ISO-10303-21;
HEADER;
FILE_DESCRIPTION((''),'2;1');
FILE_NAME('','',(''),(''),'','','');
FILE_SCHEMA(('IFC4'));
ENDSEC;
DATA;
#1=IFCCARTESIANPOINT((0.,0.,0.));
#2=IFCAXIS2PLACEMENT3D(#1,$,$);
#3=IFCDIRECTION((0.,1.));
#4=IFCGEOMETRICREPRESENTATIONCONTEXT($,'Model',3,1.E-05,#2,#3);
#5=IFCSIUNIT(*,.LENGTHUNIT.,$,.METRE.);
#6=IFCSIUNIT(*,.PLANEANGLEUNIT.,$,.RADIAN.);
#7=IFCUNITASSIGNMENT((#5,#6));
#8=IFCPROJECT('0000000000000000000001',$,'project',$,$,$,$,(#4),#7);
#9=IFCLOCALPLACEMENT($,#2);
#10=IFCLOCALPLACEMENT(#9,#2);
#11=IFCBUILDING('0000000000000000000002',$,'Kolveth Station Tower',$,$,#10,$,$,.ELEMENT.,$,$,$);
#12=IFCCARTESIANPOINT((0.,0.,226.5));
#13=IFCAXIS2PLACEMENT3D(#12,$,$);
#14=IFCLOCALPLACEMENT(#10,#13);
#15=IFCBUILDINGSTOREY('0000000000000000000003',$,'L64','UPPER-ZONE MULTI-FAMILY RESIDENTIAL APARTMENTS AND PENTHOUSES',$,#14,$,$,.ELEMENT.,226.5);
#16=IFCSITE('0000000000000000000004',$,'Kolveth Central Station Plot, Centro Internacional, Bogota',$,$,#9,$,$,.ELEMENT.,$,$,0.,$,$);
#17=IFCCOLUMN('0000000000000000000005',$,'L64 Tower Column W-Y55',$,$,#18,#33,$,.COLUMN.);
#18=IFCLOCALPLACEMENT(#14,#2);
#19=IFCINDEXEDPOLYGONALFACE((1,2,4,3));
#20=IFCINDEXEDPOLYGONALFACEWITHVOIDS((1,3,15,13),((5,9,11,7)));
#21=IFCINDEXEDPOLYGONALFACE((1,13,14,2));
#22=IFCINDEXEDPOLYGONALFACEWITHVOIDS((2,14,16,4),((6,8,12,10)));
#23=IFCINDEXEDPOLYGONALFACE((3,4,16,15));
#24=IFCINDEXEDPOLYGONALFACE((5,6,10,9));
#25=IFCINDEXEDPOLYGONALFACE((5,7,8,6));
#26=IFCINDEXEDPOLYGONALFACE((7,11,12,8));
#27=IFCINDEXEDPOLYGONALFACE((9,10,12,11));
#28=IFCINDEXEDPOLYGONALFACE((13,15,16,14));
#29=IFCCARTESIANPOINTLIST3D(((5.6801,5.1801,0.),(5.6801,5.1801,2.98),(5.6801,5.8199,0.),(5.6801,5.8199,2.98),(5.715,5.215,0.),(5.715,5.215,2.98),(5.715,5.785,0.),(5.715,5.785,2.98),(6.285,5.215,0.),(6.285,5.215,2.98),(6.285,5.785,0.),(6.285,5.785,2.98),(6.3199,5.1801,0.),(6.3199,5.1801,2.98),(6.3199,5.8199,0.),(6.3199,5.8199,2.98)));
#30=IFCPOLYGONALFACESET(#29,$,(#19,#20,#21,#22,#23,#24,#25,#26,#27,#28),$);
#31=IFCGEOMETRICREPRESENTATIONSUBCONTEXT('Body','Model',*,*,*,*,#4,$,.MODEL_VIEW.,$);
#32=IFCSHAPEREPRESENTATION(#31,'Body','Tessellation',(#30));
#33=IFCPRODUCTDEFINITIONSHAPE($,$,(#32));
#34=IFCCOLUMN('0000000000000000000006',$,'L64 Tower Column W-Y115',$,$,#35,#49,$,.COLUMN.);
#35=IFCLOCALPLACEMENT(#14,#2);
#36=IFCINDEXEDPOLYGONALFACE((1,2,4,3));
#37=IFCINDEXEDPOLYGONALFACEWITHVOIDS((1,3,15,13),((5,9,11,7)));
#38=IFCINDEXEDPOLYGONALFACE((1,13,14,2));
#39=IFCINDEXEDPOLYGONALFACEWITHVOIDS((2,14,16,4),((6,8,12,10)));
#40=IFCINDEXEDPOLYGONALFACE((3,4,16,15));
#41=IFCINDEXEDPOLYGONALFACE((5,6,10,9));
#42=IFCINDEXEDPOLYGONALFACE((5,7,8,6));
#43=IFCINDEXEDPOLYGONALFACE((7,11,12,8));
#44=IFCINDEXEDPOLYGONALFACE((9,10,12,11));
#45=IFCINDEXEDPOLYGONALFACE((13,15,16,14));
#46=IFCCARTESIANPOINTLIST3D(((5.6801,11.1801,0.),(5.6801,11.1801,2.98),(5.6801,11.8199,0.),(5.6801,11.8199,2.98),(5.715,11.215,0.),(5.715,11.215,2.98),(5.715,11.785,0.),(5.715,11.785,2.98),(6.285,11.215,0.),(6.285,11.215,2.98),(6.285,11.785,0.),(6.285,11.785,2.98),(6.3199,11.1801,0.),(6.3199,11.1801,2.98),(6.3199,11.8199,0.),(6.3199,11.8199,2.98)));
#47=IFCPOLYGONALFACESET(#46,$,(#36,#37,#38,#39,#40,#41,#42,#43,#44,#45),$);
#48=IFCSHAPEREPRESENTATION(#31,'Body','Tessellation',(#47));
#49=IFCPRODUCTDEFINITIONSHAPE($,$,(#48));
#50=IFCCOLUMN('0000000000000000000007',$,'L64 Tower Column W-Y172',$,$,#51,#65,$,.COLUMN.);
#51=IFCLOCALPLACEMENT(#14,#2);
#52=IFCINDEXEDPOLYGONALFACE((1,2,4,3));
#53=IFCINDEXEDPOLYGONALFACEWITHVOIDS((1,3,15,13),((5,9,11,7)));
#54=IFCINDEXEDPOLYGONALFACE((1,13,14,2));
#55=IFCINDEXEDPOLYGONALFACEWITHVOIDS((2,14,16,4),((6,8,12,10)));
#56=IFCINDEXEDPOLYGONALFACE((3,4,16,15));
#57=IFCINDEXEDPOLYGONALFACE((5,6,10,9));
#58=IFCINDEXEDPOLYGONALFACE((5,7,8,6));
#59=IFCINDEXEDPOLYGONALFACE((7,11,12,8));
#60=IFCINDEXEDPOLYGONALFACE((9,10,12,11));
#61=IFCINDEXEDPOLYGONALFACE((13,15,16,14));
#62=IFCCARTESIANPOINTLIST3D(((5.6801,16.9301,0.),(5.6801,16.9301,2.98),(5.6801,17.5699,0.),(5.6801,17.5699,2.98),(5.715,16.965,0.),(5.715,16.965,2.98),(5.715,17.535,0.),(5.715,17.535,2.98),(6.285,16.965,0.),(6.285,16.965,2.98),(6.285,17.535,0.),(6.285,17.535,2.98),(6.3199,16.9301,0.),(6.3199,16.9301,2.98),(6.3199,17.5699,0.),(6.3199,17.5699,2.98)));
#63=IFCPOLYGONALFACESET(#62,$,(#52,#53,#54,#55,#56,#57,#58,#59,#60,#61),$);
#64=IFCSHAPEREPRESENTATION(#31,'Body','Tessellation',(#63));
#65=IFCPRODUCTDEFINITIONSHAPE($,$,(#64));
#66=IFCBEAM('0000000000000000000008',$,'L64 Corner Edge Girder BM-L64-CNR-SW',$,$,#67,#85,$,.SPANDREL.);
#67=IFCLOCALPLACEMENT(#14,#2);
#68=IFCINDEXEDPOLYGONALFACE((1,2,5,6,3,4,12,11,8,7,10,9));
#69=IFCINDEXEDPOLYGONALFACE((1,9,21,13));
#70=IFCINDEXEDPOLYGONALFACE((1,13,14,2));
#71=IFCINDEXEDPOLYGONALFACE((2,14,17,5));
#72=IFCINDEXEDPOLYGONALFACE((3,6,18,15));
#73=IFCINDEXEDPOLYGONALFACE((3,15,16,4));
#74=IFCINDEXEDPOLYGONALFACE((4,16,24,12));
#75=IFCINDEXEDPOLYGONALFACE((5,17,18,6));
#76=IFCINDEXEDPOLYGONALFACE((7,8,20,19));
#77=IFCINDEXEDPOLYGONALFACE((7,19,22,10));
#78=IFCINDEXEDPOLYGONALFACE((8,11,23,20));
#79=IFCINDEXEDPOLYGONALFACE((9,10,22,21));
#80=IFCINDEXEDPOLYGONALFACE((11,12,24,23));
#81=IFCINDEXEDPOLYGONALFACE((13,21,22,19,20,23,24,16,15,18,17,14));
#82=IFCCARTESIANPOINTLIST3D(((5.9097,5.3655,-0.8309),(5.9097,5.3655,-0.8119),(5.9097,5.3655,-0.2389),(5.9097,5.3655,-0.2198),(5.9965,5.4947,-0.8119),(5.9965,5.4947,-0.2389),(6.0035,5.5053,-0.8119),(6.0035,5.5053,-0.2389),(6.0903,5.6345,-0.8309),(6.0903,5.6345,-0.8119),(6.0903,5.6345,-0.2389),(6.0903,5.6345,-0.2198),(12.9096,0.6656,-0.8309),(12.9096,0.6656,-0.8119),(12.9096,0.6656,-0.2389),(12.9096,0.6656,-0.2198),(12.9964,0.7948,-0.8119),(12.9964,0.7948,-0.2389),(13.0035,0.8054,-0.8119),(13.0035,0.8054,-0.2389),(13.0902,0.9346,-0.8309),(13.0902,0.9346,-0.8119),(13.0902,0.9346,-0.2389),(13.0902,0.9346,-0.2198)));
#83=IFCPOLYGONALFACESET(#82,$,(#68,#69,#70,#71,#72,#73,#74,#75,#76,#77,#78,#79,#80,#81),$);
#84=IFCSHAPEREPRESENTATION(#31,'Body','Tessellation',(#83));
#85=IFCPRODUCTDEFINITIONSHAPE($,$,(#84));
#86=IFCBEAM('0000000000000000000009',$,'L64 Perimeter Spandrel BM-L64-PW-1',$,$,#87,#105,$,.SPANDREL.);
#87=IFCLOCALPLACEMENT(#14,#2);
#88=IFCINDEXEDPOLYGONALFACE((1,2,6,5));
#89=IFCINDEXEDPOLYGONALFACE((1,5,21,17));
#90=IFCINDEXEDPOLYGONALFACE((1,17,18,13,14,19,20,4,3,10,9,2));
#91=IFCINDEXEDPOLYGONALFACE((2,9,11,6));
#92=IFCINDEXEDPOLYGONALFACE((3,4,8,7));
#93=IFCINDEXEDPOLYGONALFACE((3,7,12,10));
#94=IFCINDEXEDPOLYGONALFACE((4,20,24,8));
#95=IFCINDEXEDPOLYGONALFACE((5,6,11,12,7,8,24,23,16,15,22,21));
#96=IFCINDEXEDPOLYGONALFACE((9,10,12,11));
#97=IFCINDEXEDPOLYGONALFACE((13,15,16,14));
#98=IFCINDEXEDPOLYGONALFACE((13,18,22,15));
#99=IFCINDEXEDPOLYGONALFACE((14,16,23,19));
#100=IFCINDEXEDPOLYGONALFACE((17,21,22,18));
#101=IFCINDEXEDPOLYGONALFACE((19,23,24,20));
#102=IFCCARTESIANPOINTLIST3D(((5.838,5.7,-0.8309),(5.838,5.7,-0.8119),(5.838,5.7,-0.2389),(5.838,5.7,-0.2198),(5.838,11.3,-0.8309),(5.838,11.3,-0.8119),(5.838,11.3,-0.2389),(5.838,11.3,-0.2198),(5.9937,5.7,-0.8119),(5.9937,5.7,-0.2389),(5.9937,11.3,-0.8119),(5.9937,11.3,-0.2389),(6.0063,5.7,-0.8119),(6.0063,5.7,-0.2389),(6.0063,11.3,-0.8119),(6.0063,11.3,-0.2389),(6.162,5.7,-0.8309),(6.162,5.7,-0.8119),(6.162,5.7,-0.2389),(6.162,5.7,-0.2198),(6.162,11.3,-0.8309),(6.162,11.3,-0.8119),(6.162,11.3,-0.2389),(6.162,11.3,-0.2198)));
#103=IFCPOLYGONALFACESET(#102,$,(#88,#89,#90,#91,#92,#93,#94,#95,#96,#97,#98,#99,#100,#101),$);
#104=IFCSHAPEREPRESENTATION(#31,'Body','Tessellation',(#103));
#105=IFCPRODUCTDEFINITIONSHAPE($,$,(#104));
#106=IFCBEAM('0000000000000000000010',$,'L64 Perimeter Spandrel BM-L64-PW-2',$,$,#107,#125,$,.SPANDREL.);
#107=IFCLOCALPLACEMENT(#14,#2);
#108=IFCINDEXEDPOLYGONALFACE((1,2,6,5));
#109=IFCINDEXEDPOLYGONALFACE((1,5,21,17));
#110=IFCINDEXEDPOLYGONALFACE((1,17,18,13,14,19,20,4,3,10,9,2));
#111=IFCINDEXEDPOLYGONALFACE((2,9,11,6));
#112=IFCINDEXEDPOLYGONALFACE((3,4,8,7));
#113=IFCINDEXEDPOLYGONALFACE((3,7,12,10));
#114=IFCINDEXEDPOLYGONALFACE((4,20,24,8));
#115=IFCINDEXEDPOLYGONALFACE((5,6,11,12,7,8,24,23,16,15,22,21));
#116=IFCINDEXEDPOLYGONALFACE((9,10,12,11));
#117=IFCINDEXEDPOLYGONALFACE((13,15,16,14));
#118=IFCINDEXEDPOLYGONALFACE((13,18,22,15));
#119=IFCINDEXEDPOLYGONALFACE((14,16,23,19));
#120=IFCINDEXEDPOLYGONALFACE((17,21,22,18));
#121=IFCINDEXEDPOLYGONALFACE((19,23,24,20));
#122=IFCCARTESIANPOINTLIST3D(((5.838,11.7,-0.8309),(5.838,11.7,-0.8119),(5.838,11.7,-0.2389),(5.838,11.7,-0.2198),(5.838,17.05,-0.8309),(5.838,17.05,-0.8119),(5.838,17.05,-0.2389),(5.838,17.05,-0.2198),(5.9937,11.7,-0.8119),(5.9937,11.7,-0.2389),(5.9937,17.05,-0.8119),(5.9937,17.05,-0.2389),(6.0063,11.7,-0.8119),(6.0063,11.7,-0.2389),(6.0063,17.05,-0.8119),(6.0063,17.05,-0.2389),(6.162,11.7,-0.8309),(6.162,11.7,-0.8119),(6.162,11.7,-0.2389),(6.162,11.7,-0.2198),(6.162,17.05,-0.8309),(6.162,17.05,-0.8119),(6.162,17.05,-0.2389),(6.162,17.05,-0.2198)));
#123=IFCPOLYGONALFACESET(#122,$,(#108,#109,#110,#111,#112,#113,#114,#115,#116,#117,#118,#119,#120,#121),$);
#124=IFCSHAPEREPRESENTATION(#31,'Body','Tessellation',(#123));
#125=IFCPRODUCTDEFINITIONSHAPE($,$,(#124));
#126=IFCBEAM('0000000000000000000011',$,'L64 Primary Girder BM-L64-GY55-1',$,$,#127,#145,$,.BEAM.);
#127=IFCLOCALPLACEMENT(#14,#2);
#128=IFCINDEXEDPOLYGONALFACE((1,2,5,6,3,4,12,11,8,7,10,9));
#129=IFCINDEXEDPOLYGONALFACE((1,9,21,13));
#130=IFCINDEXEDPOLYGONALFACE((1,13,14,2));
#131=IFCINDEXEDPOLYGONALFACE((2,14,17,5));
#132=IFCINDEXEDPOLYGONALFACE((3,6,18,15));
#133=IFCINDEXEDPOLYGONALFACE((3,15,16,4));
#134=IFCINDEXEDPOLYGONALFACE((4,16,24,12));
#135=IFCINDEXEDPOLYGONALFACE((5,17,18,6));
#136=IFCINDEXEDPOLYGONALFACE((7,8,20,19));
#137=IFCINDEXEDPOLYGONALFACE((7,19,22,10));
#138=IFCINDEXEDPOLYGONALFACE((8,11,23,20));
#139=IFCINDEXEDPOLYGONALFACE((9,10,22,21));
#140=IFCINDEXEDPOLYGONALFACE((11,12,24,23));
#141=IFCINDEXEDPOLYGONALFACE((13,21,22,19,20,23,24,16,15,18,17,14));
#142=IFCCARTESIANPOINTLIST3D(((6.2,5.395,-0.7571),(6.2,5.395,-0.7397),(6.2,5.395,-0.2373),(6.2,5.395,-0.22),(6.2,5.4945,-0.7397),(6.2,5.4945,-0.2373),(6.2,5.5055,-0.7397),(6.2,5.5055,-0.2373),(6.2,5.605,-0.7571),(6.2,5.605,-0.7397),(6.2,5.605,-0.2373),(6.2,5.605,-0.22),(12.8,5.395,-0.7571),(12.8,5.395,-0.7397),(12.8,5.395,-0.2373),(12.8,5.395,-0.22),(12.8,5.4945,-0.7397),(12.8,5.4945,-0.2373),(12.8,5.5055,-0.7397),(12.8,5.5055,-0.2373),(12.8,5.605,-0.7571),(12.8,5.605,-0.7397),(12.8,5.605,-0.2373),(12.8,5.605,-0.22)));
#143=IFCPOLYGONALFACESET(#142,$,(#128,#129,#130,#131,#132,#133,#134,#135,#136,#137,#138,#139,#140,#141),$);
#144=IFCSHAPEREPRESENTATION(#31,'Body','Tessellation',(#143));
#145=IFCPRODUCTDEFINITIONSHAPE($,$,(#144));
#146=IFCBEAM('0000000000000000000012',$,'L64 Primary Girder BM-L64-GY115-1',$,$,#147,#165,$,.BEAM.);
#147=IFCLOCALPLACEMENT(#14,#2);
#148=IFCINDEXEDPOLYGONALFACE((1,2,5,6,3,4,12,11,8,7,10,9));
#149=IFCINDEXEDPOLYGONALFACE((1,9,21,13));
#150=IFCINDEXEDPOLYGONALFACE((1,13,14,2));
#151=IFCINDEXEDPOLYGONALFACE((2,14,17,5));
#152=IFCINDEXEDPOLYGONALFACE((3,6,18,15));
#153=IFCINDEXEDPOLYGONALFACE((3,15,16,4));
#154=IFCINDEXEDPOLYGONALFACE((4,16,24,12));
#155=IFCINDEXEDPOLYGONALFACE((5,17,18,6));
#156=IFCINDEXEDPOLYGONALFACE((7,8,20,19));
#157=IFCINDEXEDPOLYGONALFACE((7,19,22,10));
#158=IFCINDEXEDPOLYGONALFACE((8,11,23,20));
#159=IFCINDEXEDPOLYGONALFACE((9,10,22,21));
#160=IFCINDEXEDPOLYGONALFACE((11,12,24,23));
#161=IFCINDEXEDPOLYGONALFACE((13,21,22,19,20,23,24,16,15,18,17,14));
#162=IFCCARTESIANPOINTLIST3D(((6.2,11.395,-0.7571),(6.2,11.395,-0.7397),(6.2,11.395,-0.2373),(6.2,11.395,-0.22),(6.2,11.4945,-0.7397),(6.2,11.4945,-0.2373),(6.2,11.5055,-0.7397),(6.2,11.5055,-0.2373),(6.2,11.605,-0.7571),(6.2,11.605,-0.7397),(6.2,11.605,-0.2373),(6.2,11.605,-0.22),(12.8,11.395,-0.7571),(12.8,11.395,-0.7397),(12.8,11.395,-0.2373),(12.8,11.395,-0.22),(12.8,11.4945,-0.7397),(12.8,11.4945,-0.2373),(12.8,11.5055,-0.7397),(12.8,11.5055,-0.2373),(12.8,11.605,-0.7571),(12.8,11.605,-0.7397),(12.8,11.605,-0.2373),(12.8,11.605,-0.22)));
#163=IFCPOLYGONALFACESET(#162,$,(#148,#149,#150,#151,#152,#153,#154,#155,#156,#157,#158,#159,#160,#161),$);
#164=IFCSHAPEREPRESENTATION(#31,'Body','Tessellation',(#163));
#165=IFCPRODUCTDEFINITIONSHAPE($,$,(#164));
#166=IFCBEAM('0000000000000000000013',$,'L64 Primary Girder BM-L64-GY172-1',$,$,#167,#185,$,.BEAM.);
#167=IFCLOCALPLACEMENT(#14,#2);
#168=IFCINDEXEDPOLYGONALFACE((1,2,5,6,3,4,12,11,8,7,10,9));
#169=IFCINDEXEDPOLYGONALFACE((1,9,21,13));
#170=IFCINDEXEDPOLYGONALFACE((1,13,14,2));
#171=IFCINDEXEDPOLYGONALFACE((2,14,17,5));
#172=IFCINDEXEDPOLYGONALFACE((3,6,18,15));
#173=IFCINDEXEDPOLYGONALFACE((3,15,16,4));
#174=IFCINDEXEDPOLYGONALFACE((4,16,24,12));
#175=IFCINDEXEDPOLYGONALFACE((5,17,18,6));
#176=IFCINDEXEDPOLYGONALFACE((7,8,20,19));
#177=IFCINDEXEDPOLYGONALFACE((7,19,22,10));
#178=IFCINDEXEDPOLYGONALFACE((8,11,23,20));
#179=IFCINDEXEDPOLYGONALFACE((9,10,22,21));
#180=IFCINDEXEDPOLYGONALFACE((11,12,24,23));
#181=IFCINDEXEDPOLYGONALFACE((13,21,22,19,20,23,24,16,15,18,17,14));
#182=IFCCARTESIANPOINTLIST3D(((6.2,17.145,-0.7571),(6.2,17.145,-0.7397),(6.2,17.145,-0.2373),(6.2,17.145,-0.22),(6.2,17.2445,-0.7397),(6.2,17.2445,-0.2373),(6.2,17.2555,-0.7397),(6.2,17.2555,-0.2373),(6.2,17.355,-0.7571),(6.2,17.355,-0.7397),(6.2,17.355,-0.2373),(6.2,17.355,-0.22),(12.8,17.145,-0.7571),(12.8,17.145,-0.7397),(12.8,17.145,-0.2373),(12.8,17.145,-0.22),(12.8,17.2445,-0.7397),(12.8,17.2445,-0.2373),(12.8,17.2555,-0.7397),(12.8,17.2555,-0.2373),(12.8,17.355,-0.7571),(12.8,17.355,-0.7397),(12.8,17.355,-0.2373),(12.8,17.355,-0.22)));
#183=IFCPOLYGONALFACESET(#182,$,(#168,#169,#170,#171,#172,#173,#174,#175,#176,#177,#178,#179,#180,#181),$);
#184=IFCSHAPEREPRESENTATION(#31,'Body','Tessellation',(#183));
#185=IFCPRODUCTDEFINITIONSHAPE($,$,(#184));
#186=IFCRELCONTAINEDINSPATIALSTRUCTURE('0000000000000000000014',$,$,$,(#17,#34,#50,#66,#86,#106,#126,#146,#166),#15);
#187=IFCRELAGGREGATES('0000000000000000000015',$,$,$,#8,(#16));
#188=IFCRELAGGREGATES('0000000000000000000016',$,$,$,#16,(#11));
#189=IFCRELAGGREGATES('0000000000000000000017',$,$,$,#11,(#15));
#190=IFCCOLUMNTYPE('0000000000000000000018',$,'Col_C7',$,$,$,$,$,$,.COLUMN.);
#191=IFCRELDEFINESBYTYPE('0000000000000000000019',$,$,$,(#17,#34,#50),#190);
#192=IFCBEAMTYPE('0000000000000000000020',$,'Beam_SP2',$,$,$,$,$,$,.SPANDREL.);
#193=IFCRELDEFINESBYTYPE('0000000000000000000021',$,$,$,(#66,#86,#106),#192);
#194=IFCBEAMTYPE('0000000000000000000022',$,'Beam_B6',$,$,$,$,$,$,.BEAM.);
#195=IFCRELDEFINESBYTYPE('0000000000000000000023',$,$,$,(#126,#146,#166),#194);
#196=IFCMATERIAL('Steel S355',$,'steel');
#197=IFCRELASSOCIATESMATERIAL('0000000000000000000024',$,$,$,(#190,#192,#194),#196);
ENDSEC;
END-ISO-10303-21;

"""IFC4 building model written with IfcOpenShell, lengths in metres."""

from ifc_helpers import new_model, si_unit, direction, frame, origin, origin_2d, place, context, subcontext, project, spatial, hollow_rectangle, i_section, extrude, source, transform, mapped, material, material_profile, profile_set, type_object, element, save


model = new_model("IFC4")

# Units and contexts
model_context = context("Model", 3, precision=1e-05, world=origin(), true_north=direction((0.0, 1.0)))
body_context = subcontext(model_context, "Body", "Model", "MODEL_VIEW")
ifc_project = project(units=[si_unit("LENGTHUNIT", "METRE"), si_unit("PLANEANGLEUNIT", "RADIAN")], contexts=[model_context])

# Site, building, storey
site_placement = place(None, origin())
site = spatial("IfcSite", under=ifc_project, at=site_placement, Name="Kolveth Central Station Plot, Centro Internacional, Bogota", CompositionType="ELEMENT", RefElevation=0.0)
building_placement = place(site_placement, origin())
building = spatial("IfcBuilding", under=site, at=building_placement, Name="Kolveth Station Tower", CompositionType="ELEMENT")
storey_placement = place(building_placement, frame((0.0, 0.0, 226.5)))
storey = spatial("IfcBuildingStorey", under=building, at=storey_placement, Name="L64", Description="UPPER-ZONE MULTI-FAMILY RESIDENTIAL APARTMENTS AND PENTHOUSES", CompositionType="ELEMENT", Elevation=226.5)

# Columns
ifc_material_1 = material(Name="Steel S355", Category="steel")
ifc_material_profile_1 = material_profile(ifc_material_1, hollow_rectangle(XDim=0.6399, YDim=0.6399, WallThickness=0.0349, at=origin_2d()), Name="BOX640x640x35")
ifc_profile_set_1 = profile_set([ifc_material_profile_1], Name="Steel S355")
column_type = type_object("IfcColumnType", Name="Col_C7", PredefinedType="COLUMN", material=ifc_profile_set_1)
shared_shape_1 = source(origin(), body_context, "Body", "SweptSolid", [
    extrude(hollow_rectangle(XDim=0.6399, YDim=0.6399, WallThickness=0.0349, at=origin_2d()), origin(), (0.0, 0.0, 1.0), 2.98),
])
for number, where, z_axis, x_axis, name in (
    (1, (6.0, 5.5, 0.0), (0.0, 0.0, 1.0), (1.0, 0.0, 0.0), "L64 Tower Column W-Y55"),
    (2, (6.0, 11.5, 0.0), (0.0, 0.0, 1.0), (1.0, 0.0, 0.0), "L64 Tower Column W-Y115"),
    (3, (6.0, 17.25, 0.0), (0.0, 0.0, 1.0), (1.0, 0.0, 0.0), "L64 Tower Column W-Y172"),
):
    element("IfcColumn", number, at=place(storey_placement, frame(where, z_axis=z_axis, x_axis=x_axis)), inside=storey, type_object=column_type, Name=name, PredefinedType="COLUMN", context=body_context, shape_type="MappedRepresentation", body=[
        mapped(shared_shape_1, transform((0.0, 0.0, 0.0), x_axis=(1.0, 0.0, 0.0), y_axis=(0.0, 1.0, 0.0), z_axis=(0.0, 0.0, 1.0), scale=1.0)),
    ])

# Beams
ifc_material_profile_2 = material_profile(ifc_material_1, i_section(OverallWidth=0.324, OverallDepth=0.6111, WebThickness=0.0127, FlangeThickness=0.019, at=origin_2d()), Name="W610x155")
ifc_profile_set_2 = profile_set([ifc_material_profile_2], Name="Steel S355")
beam_type_1 = type_object("IfcBeamType", Name="Beam_SP2", PredefinedType="SPANDREL", material=ifc_profile_set_2)
shared_shape_2 = source(origin(), body_context, "Body", "SweptSolid", [
    extrude(i_section(OverallWidth=0.324, OverallDepth=0.6111, WebThickness=0.0127, FlangeThickness=0.019, at=origin_2d()), origin(), (0.0, 0.0, 1.0), 8.4314),
])
beam_1_placement = place(storey_placement, frame((6.0, 5.5, -0.5254), z_axis=(0.830224, -0.55743, 0.0), x_axis=(0.55743, 0.830224, 0.0)))
element("IfcBeam", 4, at=beam_1_placement, inside=storey, type_object=beam_type_1, Name="L64 Corner Edge Girder BM-L64-CNR-SW", PredefinedType="SPANDREL", context=body_context, shape_type="MappedRepresentation", body=[
    mapped(shared_shape_2, transform((0.0, 0.0, 0.0), x_axis=(1.0, 0.0, 0.0), y_axis=(0.0, 1.0, 0.0), z_axis=(0.0, 0.0, 1.0), scale=1.0)),
])
shared_shape_3 = source(origin(), body_context, "Body", "SweptSolid", [
    extrude(i_section(OverallWidth=0.324, OverallDepth=0.6111, WebThickness=0.0127, FlangeThickness=0.019, at=origin_2d()), origin(), (0.0, 0.0, 1.0), 5.6001),
])
beam_2_placement = place(storey_placement, frame((6.0, 5.7, -0.5254), z_axis=(0.0, 1.0, 0.0), x_axis=(-1.0, 0.0, 0.0)))
element("IfcBeam", 5, at=beam_2_placement, inside=storey, type_object=beam_type_1, Name="L64 Perimeter Spandrel BM-L64-PW-1", PredefinedType="SPANDREL", context=body_context, shape_type="MappedRepresentation", body=[
    mapped(shared_shape_3, transform((0.0, 0.0, 0.0), x_axis=(1.0, 0.0, 0.0), y_axis=(0.0, 1.0, 0.0), z_axis=(0.0, 0.0, 1.0), scale=1.0)),
])
shared_shape_4 = source(origin(), body_context, "Body", "SweptSolid", [
    extrude(i_section(OverallWidth=0.324, OverallDepth=0.6111, WebThickness=0.0127, FlangeThickness=0.019, at=origin_2d()), origin(), (0.0, 0.0, 1.0), 5.3501),
])
beam_3_placement = place(storey_placement, frame((6.0, 11.7, -0.5254), z_axis=(0.0, 1.0, 0.0), x_axis=(-1.0, 0.0, 0.0)))
element("IfcBeam", 6, at=beam_3_placement, inside=storey, type_object=beam_type_1, Name="L64 Perimeter Spandrel BM-L64-PW-2", PredefinedType="SPANDREL", context=body_context, shape_type="MappedRepresentation", body=[
    mapped(shared_shape_4, transform((0.0, 0.0, 0.0), x_axis=(1.0, 0.0, 0.0), y_axis=(0.0, 1.0, 0.0), z_axis=(0.0, 0.0, 1.0), scale=1.0)),
])
ifc_material_profile_3 = material_profile(ifc_material_1, i_section(OverallWidth=0.21, OverallDepth=0.5371, WebThickness=0.011, FlangeThickness=0.0173, at=origin_2d()), Name="W530x101")
ifc_profile_set_3 = profile_set([ifc_material_profile_3], Name="Steel S355")
beam_type_2 = type_object("IfcBeamType", Name="Beam_B6", PredefinedType="BEAM", material=ifc_profile_set_3)
shared_shape_5 = source(origin(), body_context, "Body", "SweptSolid", [
    extrude(i_section(OverallWidth=0.21, OverallDepth=0.5371, WebThickness=0.011, FlangeThickness=0.0173, at=origin_2d()), origin(), (0.0, 0.0, 1.0), 6.6001),
])
for number, where, z_axis, x_axis, name in (
    (7, (6.2, 5.5, -0.4885), (1.0, 0.0, 0.0), (0.0, 1.0, 0.0), "L64 Primary Girder BM-L64-GY55-1"),
    (8, (6.2, 11.5, -0.4885), (1.0, 0.0, 0.0), (0.0, 1.0, 0.0), "L64 Primary Girder BM-L64-GY115-1"),
    (9, (6.2, 17.25, -0.4885), (1.0, 0.0, 0.0), (0.0, 1.0, 0.0), "L64 Primary Girder BM-L64-GY172-1"),
):
    element("IfcBeam", number, at=place(storey_placement, frame(where, z_axis=z_axis, x_axis=x_axis)), inside=storey, type_object=beam_type_2, Name=name, PredefinedType="BEAM", context=body_context, shape_type="MappedRepresentation", body=[
        mapped(shared_shape_5, transform((0.0, 0.0, 0.0), x_axis=(1.0, 0.0, 0.0), y_axis=(0.0, 1.0, 0.0), z_axis=(0.0, 0.0, 1.0), scale=1.0)),
    ])

save(model, "model.ifc")
